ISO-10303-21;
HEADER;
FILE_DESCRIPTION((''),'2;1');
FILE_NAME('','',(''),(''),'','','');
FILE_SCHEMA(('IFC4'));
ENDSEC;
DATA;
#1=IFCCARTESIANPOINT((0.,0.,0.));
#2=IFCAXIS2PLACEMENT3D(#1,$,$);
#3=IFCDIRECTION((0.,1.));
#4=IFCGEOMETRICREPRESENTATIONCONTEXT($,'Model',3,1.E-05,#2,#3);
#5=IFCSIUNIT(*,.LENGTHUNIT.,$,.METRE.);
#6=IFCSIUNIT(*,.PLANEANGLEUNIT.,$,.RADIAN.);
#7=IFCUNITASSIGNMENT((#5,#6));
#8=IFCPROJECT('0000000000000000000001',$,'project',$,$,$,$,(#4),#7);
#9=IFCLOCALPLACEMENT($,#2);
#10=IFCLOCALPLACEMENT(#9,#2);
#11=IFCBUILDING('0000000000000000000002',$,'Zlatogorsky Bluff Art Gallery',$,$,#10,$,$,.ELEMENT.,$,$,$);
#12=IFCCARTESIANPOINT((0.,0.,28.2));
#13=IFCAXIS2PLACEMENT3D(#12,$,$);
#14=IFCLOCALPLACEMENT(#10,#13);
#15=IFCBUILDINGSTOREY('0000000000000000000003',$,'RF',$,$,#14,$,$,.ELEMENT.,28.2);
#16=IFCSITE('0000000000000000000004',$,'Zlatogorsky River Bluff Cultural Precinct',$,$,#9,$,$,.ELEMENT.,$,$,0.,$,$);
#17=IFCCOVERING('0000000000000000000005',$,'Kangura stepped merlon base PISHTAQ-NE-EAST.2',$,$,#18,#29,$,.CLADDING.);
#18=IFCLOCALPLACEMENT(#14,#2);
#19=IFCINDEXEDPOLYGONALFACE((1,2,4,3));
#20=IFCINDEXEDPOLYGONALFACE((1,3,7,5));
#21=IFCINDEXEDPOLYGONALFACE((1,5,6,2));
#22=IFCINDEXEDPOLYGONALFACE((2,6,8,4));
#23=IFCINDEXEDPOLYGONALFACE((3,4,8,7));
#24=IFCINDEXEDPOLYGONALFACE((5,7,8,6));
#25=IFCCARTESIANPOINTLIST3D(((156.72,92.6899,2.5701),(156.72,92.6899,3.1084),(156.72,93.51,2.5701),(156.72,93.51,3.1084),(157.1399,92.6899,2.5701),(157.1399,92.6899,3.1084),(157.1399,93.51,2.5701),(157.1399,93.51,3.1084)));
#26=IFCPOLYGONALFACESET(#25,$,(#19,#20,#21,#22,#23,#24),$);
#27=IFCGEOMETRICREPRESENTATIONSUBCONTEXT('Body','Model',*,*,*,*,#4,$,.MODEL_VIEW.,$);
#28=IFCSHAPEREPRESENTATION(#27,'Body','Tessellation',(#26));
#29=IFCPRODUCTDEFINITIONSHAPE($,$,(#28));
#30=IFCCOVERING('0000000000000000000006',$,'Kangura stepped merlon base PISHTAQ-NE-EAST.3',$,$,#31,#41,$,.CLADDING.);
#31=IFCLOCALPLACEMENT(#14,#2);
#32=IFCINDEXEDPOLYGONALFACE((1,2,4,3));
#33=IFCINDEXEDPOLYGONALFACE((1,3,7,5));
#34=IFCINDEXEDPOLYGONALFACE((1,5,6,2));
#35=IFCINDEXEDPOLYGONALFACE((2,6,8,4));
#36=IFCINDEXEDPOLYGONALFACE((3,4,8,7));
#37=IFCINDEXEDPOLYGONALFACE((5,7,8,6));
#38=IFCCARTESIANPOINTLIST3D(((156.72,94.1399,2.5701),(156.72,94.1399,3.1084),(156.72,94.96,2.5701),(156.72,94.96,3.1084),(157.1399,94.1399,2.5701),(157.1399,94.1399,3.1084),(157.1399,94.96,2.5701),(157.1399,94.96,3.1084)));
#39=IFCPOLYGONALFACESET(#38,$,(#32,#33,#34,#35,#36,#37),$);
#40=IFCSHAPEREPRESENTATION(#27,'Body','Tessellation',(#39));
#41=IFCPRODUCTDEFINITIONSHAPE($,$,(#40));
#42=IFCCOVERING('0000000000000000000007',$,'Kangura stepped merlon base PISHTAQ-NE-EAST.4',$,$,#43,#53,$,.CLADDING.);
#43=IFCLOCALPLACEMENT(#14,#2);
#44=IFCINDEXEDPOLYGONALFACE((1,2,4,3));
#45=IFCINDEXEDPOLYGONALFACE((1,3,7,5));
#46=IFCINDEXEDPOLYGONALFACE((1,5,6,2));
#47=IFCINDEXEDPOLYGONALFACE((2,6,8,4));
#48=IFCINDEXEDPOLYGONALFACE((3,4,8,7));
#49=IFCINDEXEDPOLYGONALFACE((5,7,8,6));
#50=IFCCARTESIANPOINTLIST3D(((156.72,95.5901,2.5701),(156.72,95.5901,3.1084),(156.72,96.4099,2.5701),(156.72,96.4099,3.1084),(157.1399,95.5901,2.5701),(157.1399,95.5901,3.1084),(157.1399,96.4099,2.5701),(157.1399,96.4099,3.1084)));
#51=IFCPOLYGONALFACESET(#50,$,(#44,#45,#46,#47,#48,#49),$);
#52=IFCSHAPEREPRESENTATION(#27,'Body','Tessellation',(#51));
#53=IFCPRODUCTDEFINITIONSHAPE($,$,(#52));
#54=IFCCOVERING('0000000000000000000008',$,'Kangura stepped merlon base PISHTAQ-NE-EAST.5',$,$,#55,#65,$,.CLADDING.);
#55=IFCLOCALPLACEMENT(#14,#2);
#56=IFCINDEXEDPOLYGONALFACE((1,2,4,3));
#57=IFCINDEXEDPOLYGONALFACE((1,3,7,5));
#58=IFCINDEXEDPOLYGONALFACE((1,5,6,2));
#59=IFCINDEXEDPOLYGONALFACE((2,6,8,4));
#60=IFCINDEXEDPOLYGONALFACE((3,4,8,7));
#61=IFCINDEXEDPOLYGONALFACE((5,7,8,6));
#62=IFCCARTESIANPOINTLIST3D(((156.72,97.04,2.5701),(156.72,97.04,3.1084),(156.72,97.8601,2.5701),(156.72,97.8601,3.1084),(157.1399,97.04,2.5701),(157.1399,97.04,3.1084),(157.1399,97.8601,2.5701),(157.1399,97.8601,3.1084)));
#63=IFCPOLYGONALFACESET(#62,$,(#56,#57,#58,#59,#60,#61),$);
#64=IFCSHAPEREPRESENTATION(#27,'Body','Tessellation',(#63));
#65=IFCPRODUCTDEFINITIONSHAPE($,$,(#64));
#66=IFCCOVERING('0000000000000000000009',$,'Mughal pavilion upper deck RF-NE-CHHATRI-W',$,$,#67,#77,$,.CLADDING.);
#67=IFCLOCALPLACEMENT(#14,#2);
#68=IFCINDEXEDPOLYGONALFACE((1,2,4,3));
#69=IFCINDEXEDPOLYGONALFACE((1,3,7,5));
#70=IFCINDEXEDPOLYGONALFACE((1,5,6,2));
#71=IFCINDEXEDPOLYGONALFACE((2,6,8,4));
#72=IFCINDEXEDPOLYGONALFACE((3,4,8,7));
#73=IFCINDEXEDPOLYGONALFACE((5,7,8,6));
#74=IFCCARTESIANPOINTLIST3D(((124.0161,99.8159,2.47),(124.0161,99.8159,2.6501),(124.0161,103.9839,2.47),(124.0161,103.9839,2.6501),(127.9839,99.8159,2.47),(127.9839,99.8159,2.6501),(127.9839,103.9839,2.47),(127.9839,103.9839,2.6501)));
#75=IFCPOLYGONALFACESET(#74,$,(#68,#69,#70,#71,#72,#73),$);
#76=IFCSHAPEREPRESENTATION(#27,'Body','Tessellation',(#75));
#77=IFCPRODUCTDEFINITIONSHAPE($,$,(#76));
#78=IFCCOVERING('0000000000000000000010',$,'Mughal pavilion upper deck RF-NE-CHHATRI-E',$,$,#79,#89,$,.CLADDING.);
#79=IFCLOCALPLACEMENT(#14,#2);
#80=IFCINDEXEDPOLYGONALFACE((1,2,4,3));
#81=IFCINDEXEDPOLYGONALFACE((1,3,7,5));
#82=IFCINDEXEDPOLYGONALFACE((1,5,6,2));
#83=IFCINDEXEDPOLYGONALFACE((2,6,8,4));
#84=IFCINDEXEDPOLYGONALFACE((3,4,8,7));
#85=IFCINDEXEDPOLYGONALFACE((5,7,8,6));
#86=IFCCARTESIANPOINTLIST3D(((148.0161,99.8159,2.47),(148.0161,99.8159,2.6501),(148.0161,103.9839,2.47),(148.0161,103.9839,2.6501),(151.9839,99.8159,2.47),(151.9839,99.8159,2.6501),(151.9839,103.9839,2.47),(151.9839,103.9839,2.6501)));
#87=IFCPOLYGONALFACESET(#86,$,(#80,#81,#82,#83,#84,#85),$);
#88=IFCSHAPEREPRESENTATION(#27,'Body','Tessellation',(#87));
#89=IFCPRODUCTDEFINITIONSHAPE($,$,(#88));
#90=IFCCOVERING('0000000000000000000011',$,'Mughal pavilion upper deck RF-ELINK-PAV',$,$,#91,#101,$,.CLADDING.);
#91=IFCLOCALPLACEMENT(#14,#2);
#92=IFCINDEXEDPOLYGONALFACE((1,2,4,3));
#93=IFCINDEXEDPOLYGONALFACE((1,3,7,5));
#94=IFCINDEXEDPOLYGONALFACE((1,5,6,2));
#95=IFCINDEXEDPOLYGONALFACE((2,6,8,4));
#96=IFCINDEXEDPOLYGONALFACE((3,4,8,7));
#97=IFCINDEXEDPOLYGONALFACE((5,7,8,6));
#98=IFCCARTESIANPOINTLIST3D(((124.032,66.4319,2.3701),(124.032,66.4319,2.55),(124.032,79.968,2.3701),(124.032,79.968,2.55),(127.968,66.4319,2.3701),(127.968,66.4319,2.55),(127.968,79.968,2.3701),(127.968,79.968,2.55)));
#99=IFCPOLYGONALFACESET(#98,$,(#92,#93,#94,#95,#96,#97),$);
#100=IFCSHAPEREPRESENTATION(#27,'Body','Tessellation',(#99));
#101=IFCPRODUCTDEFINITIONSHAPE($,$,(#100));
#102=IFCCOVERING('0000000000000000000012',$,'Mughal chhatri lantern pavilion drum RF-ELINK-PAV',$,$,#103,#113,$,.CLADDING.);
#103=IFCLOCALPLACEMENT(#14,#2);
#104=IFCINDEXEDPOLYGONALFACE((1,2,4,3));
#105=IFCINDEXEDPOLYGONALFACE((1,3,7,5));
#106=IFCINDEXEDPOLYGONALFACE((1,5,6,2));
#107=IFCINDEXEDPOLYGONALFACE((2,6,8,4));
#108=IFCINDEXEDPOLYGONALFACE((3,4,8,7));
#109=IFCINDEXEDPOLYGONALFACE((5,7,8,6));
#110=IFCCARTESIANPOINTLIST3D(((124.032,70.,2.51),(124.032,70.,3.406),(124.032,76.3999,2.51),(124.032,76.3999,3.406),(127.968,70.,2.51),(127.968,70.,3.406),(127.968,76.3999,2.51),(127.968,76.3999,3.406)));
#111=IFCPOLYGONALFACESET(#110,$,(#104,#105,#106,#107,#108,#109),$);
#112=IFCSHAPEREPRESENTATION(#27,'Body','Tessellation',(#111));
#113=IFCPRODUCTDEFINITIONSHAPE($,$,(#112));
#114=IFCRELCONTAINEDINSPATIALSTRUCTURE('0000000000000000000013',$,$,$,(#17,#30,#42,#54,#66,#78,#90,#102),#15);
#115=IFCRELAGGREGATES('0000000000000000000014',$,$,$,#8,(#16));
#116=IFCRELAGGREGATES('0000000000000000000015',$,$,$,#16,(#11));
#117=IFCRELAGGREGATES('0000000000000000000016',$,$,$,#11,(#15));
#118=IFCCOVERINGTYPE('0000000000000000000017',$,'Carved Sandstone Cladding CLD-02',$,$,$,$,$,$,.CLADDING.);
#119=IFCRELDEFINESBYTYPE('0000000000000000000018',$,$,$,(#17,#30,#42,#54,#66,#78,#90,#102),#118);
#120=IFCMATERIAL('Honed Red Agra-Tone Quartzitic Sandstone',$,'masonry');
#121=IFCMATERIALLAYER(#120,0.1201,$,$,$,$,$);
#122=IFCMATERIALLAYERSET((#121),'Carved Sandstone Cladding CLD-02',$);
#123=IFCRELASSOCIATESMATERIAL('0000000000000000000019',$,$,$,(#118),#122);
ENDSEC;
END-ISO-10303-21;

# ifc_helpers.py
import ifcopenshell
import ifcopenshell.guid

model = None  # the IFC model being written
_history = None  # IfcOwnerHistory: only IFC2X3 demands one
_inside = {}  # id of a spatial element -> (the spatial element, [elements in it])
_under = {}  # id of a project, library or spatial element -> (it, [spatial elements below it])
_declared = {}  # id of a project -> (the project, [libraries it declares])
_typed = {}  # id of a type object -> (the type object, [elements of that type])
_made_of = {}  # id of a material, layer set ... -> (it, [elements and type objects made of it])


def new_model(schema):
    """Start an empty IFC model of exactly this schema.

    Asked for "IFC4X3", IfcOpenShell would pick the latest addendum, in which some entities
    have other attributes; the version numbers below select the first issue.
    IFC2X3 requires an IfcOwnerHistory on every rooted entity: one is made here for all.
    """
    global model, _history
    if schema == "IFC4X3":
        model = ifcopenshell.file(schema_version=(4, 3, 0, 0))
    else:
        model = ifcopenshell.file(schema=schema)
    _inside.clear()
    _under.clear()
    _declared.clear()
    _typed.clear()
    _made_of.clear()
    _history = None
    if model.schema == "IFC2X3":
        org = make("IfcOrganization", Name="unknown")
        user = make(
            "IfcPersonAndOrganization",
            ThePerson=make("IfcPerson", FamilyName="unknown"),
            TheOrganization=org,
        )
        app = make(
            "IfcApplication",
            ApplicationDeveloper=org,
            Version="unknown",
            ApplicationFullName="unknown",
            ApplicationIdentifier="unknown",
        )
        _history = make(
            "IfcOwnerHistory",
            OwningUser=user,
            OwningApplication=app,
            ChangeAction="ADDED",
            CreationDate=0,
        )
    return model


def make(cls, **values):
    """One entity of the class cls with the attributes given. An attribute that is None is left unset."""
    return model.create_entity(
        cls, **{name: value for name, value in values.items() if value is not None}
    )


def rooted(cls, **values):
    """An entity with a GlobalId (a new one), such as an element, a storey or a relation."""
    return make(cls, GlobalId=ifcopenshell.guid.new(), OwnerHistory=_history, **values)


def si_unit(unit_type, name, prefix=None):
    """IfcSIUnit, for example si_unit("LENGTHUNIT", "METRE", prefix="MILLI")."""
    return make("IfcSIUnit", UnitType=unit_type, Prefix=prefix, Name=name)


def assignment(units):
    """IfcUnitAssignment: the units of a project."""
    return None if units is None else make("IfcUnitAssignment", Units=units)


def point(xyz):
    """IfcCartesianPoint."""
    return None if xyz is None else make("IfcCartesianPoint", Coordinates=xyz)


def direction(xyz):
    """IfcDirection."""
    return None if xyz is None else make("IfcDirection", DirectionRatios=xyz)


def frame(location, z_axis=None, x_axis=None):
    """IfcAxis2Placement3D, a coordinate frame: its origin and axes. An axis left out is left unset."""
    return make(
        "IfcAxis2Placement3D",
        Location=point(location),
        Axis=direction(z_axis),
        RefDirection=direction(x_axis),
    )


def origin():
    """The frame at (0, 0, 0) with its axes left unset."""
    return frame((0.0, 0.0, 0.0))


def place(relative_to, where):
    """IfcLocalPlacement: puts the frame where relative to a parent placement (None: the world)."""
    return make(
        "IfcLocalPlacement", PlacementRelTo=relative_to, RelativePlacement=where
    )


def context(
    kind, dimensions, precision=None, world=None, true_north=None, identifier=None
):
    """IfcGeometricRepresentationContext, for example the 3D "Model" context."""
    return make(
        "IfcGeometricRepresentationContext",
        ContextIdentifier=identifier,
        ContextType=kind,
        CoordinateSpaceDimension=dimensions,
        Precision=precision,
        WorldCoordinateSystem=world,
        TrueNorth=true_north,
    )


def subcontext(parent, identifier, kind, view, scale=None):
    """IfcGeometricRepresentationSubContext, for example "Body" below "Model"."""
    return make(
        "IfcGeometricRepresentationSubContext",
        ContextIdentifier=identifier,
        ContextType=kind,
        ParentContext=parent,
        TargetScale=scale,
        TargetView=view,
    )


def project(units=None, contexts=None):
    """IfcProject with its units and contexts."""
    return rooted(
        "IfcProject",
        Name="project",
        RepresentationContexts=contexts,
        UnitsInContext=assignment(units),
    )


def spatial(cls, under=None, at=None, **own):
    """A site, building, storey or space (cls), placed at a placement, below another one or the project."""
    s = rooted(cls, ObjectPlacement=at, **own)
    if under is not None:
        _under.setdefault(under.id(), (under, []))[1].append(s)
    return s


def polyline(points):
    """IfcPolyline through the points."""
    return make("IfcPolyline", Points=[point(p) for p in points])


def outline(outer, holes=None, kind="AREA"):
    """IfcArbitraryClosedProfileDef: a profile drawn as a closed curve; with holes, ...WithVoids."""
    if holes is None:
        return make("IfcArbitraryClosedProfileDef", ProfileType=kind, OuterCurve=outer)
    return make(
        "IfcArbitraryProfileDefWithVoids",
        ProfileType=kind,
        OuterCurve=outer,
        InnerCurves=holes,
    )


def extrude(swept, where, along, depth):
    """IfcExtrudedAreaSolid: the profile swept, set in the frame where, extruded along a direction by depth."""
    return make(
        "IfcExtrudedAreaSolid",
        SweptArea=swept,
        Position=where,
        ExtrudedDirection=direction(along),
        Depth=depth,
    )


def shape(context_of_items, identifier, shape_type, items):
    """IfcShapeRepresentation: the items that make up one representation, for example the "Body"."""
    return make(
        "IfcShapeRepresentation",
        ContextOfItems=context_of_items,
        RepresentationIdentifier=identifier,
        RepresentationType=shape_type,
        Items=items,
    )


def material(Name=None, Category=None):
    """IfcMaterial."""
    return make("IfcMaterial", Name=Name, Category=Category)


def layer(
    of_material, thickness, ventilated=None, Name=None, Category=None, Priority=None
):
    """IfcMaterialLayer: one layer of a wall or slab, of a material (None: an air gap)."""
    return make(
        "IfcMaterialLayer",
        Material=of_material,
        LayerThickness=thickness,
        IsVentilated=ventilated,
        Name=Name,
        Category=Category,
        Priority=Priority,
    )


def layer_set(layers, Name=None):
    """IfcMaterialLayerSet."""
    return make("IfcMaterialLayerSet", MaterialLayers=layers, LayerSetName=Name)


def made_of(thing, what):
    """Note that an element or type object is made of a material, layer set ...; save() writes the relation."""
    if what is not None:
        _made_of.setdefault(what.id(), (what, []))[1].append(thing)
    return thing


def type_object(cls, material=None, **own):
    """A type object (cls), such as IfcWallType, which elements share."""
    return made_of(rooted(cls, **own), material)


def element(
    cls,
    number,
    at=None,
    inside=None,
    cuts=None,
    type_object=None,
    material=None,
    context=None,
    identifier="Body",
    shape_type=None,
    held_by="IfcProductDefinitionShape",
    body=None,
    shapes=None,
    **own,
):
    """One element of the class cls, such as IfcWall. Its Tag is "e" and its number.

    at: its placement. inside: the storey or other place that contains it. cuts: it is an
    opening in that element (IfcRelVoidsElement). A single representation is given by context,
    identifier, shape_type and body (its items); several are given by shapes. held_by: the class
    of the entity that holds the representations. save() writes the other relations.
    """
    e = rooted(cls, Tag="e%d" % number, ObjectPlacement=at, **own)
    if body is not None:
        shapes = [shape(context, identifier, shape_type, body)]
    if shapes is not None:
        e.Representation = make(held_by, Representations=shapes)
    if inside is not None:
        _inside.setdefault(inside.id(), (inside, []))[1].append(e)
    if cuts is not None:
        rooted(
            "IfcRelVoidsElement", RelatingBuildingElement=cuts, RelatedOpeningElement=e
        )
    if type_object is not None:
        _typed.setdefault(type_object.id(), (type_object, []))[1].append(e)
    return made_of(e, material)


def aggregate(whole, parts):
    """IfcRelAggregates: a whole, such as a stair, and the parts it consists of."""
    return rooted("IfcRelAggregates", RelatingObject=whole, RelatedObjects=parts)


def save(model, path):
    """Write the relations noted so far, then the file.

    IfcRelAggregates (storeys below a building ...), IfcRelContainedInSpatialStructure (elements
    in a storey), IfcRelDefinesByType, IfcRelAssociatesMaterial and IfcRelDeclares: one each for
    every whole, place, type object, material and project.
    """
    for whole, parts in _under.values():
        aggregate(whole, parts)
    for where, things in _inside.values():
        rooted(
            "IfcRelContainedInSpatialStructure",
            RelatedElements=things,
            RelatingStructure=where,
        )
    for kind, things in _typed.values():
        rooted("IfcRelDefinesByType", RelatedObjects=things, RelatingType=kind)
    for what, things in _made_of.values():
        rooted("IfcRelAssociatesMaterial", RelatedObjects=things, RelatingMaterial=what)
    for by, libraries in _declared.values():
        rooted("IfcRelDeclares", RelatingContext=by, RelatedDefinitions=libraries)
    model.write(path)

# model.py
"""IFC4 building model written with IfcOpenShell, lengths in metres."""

from ifc_helpers import new_model, si_unit, direction, frame, origin, place, context, subcontext, project, spatial, polyline, outline, extrude, material, layer, layer_set, type_object, element, save


model = new_model("IFC4")

# Units and contexts
model_context = context("Model", 3, precision=1e-05, world=origin(), true_north=direction((0.0, 1.0)))
body_context = subcontext(model_context, "Body", "Model", "MODEL_VIEW")
ifc_project = project(units=[si_unit("LENGTHUNIT", "METRE"), si_unit("PLANEANGLEUNIT", "RADIAN")], contexts=[model_context])

# Site, building, storey
site_placement = place(None, origin())
site = spatial("IfcSite", under=ifc_project, at=site_placement, Name="Zlatogorsky River Bluff Cultural Precinct", CompositionType="ELEMENT", RefElevation=0.0)
building_placement = place(site_placement, origin())
building = spatial("IfcBuilding", under=site, at=building_placement, Name="Zlatogorsky Bluff Art Gallery", CompositionType="ELEMENT")
storey_placement = place(building_placement, frame((0.0, 0.0, 28.2)))
storey = spatial("IfcBuildingStorey", under=building, at=storey_placement, Name="RF", CompositionType="ELEMENT", Elevation=28.2)

# Coverings
ifc_material = material(Name="Honed Red Agra-Tone Quartzitic Sandstone", Category="masonry")
ifc_layer = layer(ifc_material, 0.1201)
ifc_layer_set = layer_set([ifc_layer], Name="Carved Sandstone Cladding CLD-02")
covering_type = type_object("IfcCoveringType", Name="Carved Sandstone Cladding CLD-02", PredefinedType="CLADDING", material=ifc_layer_set)
covering_1_placement = place(storey_placement, frame((0.0, 0.0, 2.5701)))
element("IfcCovering", 1, at=covering_1_placement, inside=storey, type_object=covering_type, Name="Kangura stepped merlon base PISHTAQ-NE-EAST.2", PredefinedType="CLADDING", context=body_context, shape_type="SweptSolid", body=[
    extrude(outline(polyline([(156.72, 92.6899), (156.72, 93.51), (157.1399, 93.51), (157.1399, 92.6899), (156.72, 92.6899)])), origin(), (0.0, 0.0, 1.0), 0.5383),
])
covering_2_placement = place(storey_placement, frame((0.0, 0.0, 2.5701)))
element("IfcCovering", 2, at=covering_2_placement, inside=storey, type_object=covering_type, Name="Kangura stepped merlon base PISHTAQ-NE-EAST.3", PredefinedType="CLADDING", context=body_context, shape_type="SweptSolid", body=[
    extrude(outline(polyline([(156.72, 94.1399), (156.72, 94.96), (157.1399, 94.96), (157.1399, 94.1399), (156.72, 94.1399)])), origin(), (0.0, 0.0, 1.0), 0.5383),
])
covering_3_placement = place(storey_placement, frame((0.0, 0.0, 2.5701)))
element("IfcCovering", 3, at=covering_3_placement, inside=storey, type_object=covering_type, Name="Kangura stepped merlon base PISHTAQ-NE-EAST.4", PredefinedType="CLADDING", context=body_context, shape_type="SweptSolid", body=[
    extrude(outline(polyline([(156.72, 95.5901), (156.72, 96.4099), (157.1399, 96.4099), (157.1399, 95.5901), (156.72, 95.5901)])), origin(), (0.0, 0.0, 1.0), 0.5383),
])
covering_4_placement = place(storey_placement, frame((0.0, 0.0, 2.5701)))
element("IfcCovering", 4, at=covering_4_placement, inside=storey, type_object=covering_type, Name="Kangura stepped merlon base PISHTAQ-NE-EAST.5", PredefinedType="CLADDING", context=body_context, shape_type="SweptSolid", body=[
    extrude(outline(polyline([(156.72, 97.04), (156.72, 97.8601), (157.1399, 97.8601), (157.1399, 97.04), (156.72, 97.04)])), origin(), (0.0, 0.0, 1.0), 0.5383),
])
covering_5_placement = place(storey_placement, frame((0.0, 0.0, 2.47)))
element("IfcCovering", 5, at=covering_5_placement, inside=storey, type_object=covering_type, Name="Mughal pavilion upper deck RF-NE-CHHATRI-W", PredefinedType="CLADDING", context=body_context, shape_type="SweptSolid", body=[
    extrude(outline(polyline([(124.0161, 99.8159), (127.9839, 99.8159), (127.9839, 103.9839), (124.0161, 103.9839), (124.0161, 99.8159)])), origin(), (0.0, 0.0, 1.0), 0.1802),
])
covering_6_placement = place(storey_placement, frame((0.0, 0.0, 2.47)))
element("IfcCovering", 6, at=covering_6_placement, inside=storey, type_object=covering_type, Name="Mughal pavilion upper deck RF-NE-CHHATRI-E", PredefinedType="CLADDING", context=body_context, shape_type="SweptSolid", body=[
    extrude(outline(polyline([(148.0161, 99.8159), (151.9839, 99.8159), (151.9839, 103.9839), (148.0161, 103.9839), (148.0161, 99.8159)])), origin(), (0.0, 0.0, 1.0), 0.1802),
])
covering_7_placement = place(storey_placement, frame((0.0, 0.0, 2.3701)))
element("IfcCovering", 7, at=covering_7_placement, inside=storey, type_object=covering_type, Name="Mughal pavilion upper deck RF-ELINK-PAV", PredefinedType="CLADDING", context=body_context, shape_type="SweptSolid", body=[
    extrude(outline(polyline([(124.032, 66.4319), (127.968, 66.4319), (127.968, 79.968), (124.032, 79.968), (124.032, 66.4319)])), origin(), (0.0, 0.0, 1.0), 0.1799),
])
covering_8_placement = place(storey_placement, frame((0.0, 0.0, 2.51)))
element("IfcCovering", 8, at=covering_8_placement, inside=storey, type_object=covering_type, Name="Mughal chhatri lantern pavilion drum RF-ELINK-PAV", PredefinedType="CLADDING", context=body_context, shape_type="SweptSolid", body=[
    extrude(outline(polyline([(124.032, 70.0), (127.968, 70.0), (127.968, 76.3999), (124.032, 76.3999), (124.032, 70.0)])), origin(), (0.0, 0.0, 1.0), 0.896),
])

save(model, "model.ifc")
